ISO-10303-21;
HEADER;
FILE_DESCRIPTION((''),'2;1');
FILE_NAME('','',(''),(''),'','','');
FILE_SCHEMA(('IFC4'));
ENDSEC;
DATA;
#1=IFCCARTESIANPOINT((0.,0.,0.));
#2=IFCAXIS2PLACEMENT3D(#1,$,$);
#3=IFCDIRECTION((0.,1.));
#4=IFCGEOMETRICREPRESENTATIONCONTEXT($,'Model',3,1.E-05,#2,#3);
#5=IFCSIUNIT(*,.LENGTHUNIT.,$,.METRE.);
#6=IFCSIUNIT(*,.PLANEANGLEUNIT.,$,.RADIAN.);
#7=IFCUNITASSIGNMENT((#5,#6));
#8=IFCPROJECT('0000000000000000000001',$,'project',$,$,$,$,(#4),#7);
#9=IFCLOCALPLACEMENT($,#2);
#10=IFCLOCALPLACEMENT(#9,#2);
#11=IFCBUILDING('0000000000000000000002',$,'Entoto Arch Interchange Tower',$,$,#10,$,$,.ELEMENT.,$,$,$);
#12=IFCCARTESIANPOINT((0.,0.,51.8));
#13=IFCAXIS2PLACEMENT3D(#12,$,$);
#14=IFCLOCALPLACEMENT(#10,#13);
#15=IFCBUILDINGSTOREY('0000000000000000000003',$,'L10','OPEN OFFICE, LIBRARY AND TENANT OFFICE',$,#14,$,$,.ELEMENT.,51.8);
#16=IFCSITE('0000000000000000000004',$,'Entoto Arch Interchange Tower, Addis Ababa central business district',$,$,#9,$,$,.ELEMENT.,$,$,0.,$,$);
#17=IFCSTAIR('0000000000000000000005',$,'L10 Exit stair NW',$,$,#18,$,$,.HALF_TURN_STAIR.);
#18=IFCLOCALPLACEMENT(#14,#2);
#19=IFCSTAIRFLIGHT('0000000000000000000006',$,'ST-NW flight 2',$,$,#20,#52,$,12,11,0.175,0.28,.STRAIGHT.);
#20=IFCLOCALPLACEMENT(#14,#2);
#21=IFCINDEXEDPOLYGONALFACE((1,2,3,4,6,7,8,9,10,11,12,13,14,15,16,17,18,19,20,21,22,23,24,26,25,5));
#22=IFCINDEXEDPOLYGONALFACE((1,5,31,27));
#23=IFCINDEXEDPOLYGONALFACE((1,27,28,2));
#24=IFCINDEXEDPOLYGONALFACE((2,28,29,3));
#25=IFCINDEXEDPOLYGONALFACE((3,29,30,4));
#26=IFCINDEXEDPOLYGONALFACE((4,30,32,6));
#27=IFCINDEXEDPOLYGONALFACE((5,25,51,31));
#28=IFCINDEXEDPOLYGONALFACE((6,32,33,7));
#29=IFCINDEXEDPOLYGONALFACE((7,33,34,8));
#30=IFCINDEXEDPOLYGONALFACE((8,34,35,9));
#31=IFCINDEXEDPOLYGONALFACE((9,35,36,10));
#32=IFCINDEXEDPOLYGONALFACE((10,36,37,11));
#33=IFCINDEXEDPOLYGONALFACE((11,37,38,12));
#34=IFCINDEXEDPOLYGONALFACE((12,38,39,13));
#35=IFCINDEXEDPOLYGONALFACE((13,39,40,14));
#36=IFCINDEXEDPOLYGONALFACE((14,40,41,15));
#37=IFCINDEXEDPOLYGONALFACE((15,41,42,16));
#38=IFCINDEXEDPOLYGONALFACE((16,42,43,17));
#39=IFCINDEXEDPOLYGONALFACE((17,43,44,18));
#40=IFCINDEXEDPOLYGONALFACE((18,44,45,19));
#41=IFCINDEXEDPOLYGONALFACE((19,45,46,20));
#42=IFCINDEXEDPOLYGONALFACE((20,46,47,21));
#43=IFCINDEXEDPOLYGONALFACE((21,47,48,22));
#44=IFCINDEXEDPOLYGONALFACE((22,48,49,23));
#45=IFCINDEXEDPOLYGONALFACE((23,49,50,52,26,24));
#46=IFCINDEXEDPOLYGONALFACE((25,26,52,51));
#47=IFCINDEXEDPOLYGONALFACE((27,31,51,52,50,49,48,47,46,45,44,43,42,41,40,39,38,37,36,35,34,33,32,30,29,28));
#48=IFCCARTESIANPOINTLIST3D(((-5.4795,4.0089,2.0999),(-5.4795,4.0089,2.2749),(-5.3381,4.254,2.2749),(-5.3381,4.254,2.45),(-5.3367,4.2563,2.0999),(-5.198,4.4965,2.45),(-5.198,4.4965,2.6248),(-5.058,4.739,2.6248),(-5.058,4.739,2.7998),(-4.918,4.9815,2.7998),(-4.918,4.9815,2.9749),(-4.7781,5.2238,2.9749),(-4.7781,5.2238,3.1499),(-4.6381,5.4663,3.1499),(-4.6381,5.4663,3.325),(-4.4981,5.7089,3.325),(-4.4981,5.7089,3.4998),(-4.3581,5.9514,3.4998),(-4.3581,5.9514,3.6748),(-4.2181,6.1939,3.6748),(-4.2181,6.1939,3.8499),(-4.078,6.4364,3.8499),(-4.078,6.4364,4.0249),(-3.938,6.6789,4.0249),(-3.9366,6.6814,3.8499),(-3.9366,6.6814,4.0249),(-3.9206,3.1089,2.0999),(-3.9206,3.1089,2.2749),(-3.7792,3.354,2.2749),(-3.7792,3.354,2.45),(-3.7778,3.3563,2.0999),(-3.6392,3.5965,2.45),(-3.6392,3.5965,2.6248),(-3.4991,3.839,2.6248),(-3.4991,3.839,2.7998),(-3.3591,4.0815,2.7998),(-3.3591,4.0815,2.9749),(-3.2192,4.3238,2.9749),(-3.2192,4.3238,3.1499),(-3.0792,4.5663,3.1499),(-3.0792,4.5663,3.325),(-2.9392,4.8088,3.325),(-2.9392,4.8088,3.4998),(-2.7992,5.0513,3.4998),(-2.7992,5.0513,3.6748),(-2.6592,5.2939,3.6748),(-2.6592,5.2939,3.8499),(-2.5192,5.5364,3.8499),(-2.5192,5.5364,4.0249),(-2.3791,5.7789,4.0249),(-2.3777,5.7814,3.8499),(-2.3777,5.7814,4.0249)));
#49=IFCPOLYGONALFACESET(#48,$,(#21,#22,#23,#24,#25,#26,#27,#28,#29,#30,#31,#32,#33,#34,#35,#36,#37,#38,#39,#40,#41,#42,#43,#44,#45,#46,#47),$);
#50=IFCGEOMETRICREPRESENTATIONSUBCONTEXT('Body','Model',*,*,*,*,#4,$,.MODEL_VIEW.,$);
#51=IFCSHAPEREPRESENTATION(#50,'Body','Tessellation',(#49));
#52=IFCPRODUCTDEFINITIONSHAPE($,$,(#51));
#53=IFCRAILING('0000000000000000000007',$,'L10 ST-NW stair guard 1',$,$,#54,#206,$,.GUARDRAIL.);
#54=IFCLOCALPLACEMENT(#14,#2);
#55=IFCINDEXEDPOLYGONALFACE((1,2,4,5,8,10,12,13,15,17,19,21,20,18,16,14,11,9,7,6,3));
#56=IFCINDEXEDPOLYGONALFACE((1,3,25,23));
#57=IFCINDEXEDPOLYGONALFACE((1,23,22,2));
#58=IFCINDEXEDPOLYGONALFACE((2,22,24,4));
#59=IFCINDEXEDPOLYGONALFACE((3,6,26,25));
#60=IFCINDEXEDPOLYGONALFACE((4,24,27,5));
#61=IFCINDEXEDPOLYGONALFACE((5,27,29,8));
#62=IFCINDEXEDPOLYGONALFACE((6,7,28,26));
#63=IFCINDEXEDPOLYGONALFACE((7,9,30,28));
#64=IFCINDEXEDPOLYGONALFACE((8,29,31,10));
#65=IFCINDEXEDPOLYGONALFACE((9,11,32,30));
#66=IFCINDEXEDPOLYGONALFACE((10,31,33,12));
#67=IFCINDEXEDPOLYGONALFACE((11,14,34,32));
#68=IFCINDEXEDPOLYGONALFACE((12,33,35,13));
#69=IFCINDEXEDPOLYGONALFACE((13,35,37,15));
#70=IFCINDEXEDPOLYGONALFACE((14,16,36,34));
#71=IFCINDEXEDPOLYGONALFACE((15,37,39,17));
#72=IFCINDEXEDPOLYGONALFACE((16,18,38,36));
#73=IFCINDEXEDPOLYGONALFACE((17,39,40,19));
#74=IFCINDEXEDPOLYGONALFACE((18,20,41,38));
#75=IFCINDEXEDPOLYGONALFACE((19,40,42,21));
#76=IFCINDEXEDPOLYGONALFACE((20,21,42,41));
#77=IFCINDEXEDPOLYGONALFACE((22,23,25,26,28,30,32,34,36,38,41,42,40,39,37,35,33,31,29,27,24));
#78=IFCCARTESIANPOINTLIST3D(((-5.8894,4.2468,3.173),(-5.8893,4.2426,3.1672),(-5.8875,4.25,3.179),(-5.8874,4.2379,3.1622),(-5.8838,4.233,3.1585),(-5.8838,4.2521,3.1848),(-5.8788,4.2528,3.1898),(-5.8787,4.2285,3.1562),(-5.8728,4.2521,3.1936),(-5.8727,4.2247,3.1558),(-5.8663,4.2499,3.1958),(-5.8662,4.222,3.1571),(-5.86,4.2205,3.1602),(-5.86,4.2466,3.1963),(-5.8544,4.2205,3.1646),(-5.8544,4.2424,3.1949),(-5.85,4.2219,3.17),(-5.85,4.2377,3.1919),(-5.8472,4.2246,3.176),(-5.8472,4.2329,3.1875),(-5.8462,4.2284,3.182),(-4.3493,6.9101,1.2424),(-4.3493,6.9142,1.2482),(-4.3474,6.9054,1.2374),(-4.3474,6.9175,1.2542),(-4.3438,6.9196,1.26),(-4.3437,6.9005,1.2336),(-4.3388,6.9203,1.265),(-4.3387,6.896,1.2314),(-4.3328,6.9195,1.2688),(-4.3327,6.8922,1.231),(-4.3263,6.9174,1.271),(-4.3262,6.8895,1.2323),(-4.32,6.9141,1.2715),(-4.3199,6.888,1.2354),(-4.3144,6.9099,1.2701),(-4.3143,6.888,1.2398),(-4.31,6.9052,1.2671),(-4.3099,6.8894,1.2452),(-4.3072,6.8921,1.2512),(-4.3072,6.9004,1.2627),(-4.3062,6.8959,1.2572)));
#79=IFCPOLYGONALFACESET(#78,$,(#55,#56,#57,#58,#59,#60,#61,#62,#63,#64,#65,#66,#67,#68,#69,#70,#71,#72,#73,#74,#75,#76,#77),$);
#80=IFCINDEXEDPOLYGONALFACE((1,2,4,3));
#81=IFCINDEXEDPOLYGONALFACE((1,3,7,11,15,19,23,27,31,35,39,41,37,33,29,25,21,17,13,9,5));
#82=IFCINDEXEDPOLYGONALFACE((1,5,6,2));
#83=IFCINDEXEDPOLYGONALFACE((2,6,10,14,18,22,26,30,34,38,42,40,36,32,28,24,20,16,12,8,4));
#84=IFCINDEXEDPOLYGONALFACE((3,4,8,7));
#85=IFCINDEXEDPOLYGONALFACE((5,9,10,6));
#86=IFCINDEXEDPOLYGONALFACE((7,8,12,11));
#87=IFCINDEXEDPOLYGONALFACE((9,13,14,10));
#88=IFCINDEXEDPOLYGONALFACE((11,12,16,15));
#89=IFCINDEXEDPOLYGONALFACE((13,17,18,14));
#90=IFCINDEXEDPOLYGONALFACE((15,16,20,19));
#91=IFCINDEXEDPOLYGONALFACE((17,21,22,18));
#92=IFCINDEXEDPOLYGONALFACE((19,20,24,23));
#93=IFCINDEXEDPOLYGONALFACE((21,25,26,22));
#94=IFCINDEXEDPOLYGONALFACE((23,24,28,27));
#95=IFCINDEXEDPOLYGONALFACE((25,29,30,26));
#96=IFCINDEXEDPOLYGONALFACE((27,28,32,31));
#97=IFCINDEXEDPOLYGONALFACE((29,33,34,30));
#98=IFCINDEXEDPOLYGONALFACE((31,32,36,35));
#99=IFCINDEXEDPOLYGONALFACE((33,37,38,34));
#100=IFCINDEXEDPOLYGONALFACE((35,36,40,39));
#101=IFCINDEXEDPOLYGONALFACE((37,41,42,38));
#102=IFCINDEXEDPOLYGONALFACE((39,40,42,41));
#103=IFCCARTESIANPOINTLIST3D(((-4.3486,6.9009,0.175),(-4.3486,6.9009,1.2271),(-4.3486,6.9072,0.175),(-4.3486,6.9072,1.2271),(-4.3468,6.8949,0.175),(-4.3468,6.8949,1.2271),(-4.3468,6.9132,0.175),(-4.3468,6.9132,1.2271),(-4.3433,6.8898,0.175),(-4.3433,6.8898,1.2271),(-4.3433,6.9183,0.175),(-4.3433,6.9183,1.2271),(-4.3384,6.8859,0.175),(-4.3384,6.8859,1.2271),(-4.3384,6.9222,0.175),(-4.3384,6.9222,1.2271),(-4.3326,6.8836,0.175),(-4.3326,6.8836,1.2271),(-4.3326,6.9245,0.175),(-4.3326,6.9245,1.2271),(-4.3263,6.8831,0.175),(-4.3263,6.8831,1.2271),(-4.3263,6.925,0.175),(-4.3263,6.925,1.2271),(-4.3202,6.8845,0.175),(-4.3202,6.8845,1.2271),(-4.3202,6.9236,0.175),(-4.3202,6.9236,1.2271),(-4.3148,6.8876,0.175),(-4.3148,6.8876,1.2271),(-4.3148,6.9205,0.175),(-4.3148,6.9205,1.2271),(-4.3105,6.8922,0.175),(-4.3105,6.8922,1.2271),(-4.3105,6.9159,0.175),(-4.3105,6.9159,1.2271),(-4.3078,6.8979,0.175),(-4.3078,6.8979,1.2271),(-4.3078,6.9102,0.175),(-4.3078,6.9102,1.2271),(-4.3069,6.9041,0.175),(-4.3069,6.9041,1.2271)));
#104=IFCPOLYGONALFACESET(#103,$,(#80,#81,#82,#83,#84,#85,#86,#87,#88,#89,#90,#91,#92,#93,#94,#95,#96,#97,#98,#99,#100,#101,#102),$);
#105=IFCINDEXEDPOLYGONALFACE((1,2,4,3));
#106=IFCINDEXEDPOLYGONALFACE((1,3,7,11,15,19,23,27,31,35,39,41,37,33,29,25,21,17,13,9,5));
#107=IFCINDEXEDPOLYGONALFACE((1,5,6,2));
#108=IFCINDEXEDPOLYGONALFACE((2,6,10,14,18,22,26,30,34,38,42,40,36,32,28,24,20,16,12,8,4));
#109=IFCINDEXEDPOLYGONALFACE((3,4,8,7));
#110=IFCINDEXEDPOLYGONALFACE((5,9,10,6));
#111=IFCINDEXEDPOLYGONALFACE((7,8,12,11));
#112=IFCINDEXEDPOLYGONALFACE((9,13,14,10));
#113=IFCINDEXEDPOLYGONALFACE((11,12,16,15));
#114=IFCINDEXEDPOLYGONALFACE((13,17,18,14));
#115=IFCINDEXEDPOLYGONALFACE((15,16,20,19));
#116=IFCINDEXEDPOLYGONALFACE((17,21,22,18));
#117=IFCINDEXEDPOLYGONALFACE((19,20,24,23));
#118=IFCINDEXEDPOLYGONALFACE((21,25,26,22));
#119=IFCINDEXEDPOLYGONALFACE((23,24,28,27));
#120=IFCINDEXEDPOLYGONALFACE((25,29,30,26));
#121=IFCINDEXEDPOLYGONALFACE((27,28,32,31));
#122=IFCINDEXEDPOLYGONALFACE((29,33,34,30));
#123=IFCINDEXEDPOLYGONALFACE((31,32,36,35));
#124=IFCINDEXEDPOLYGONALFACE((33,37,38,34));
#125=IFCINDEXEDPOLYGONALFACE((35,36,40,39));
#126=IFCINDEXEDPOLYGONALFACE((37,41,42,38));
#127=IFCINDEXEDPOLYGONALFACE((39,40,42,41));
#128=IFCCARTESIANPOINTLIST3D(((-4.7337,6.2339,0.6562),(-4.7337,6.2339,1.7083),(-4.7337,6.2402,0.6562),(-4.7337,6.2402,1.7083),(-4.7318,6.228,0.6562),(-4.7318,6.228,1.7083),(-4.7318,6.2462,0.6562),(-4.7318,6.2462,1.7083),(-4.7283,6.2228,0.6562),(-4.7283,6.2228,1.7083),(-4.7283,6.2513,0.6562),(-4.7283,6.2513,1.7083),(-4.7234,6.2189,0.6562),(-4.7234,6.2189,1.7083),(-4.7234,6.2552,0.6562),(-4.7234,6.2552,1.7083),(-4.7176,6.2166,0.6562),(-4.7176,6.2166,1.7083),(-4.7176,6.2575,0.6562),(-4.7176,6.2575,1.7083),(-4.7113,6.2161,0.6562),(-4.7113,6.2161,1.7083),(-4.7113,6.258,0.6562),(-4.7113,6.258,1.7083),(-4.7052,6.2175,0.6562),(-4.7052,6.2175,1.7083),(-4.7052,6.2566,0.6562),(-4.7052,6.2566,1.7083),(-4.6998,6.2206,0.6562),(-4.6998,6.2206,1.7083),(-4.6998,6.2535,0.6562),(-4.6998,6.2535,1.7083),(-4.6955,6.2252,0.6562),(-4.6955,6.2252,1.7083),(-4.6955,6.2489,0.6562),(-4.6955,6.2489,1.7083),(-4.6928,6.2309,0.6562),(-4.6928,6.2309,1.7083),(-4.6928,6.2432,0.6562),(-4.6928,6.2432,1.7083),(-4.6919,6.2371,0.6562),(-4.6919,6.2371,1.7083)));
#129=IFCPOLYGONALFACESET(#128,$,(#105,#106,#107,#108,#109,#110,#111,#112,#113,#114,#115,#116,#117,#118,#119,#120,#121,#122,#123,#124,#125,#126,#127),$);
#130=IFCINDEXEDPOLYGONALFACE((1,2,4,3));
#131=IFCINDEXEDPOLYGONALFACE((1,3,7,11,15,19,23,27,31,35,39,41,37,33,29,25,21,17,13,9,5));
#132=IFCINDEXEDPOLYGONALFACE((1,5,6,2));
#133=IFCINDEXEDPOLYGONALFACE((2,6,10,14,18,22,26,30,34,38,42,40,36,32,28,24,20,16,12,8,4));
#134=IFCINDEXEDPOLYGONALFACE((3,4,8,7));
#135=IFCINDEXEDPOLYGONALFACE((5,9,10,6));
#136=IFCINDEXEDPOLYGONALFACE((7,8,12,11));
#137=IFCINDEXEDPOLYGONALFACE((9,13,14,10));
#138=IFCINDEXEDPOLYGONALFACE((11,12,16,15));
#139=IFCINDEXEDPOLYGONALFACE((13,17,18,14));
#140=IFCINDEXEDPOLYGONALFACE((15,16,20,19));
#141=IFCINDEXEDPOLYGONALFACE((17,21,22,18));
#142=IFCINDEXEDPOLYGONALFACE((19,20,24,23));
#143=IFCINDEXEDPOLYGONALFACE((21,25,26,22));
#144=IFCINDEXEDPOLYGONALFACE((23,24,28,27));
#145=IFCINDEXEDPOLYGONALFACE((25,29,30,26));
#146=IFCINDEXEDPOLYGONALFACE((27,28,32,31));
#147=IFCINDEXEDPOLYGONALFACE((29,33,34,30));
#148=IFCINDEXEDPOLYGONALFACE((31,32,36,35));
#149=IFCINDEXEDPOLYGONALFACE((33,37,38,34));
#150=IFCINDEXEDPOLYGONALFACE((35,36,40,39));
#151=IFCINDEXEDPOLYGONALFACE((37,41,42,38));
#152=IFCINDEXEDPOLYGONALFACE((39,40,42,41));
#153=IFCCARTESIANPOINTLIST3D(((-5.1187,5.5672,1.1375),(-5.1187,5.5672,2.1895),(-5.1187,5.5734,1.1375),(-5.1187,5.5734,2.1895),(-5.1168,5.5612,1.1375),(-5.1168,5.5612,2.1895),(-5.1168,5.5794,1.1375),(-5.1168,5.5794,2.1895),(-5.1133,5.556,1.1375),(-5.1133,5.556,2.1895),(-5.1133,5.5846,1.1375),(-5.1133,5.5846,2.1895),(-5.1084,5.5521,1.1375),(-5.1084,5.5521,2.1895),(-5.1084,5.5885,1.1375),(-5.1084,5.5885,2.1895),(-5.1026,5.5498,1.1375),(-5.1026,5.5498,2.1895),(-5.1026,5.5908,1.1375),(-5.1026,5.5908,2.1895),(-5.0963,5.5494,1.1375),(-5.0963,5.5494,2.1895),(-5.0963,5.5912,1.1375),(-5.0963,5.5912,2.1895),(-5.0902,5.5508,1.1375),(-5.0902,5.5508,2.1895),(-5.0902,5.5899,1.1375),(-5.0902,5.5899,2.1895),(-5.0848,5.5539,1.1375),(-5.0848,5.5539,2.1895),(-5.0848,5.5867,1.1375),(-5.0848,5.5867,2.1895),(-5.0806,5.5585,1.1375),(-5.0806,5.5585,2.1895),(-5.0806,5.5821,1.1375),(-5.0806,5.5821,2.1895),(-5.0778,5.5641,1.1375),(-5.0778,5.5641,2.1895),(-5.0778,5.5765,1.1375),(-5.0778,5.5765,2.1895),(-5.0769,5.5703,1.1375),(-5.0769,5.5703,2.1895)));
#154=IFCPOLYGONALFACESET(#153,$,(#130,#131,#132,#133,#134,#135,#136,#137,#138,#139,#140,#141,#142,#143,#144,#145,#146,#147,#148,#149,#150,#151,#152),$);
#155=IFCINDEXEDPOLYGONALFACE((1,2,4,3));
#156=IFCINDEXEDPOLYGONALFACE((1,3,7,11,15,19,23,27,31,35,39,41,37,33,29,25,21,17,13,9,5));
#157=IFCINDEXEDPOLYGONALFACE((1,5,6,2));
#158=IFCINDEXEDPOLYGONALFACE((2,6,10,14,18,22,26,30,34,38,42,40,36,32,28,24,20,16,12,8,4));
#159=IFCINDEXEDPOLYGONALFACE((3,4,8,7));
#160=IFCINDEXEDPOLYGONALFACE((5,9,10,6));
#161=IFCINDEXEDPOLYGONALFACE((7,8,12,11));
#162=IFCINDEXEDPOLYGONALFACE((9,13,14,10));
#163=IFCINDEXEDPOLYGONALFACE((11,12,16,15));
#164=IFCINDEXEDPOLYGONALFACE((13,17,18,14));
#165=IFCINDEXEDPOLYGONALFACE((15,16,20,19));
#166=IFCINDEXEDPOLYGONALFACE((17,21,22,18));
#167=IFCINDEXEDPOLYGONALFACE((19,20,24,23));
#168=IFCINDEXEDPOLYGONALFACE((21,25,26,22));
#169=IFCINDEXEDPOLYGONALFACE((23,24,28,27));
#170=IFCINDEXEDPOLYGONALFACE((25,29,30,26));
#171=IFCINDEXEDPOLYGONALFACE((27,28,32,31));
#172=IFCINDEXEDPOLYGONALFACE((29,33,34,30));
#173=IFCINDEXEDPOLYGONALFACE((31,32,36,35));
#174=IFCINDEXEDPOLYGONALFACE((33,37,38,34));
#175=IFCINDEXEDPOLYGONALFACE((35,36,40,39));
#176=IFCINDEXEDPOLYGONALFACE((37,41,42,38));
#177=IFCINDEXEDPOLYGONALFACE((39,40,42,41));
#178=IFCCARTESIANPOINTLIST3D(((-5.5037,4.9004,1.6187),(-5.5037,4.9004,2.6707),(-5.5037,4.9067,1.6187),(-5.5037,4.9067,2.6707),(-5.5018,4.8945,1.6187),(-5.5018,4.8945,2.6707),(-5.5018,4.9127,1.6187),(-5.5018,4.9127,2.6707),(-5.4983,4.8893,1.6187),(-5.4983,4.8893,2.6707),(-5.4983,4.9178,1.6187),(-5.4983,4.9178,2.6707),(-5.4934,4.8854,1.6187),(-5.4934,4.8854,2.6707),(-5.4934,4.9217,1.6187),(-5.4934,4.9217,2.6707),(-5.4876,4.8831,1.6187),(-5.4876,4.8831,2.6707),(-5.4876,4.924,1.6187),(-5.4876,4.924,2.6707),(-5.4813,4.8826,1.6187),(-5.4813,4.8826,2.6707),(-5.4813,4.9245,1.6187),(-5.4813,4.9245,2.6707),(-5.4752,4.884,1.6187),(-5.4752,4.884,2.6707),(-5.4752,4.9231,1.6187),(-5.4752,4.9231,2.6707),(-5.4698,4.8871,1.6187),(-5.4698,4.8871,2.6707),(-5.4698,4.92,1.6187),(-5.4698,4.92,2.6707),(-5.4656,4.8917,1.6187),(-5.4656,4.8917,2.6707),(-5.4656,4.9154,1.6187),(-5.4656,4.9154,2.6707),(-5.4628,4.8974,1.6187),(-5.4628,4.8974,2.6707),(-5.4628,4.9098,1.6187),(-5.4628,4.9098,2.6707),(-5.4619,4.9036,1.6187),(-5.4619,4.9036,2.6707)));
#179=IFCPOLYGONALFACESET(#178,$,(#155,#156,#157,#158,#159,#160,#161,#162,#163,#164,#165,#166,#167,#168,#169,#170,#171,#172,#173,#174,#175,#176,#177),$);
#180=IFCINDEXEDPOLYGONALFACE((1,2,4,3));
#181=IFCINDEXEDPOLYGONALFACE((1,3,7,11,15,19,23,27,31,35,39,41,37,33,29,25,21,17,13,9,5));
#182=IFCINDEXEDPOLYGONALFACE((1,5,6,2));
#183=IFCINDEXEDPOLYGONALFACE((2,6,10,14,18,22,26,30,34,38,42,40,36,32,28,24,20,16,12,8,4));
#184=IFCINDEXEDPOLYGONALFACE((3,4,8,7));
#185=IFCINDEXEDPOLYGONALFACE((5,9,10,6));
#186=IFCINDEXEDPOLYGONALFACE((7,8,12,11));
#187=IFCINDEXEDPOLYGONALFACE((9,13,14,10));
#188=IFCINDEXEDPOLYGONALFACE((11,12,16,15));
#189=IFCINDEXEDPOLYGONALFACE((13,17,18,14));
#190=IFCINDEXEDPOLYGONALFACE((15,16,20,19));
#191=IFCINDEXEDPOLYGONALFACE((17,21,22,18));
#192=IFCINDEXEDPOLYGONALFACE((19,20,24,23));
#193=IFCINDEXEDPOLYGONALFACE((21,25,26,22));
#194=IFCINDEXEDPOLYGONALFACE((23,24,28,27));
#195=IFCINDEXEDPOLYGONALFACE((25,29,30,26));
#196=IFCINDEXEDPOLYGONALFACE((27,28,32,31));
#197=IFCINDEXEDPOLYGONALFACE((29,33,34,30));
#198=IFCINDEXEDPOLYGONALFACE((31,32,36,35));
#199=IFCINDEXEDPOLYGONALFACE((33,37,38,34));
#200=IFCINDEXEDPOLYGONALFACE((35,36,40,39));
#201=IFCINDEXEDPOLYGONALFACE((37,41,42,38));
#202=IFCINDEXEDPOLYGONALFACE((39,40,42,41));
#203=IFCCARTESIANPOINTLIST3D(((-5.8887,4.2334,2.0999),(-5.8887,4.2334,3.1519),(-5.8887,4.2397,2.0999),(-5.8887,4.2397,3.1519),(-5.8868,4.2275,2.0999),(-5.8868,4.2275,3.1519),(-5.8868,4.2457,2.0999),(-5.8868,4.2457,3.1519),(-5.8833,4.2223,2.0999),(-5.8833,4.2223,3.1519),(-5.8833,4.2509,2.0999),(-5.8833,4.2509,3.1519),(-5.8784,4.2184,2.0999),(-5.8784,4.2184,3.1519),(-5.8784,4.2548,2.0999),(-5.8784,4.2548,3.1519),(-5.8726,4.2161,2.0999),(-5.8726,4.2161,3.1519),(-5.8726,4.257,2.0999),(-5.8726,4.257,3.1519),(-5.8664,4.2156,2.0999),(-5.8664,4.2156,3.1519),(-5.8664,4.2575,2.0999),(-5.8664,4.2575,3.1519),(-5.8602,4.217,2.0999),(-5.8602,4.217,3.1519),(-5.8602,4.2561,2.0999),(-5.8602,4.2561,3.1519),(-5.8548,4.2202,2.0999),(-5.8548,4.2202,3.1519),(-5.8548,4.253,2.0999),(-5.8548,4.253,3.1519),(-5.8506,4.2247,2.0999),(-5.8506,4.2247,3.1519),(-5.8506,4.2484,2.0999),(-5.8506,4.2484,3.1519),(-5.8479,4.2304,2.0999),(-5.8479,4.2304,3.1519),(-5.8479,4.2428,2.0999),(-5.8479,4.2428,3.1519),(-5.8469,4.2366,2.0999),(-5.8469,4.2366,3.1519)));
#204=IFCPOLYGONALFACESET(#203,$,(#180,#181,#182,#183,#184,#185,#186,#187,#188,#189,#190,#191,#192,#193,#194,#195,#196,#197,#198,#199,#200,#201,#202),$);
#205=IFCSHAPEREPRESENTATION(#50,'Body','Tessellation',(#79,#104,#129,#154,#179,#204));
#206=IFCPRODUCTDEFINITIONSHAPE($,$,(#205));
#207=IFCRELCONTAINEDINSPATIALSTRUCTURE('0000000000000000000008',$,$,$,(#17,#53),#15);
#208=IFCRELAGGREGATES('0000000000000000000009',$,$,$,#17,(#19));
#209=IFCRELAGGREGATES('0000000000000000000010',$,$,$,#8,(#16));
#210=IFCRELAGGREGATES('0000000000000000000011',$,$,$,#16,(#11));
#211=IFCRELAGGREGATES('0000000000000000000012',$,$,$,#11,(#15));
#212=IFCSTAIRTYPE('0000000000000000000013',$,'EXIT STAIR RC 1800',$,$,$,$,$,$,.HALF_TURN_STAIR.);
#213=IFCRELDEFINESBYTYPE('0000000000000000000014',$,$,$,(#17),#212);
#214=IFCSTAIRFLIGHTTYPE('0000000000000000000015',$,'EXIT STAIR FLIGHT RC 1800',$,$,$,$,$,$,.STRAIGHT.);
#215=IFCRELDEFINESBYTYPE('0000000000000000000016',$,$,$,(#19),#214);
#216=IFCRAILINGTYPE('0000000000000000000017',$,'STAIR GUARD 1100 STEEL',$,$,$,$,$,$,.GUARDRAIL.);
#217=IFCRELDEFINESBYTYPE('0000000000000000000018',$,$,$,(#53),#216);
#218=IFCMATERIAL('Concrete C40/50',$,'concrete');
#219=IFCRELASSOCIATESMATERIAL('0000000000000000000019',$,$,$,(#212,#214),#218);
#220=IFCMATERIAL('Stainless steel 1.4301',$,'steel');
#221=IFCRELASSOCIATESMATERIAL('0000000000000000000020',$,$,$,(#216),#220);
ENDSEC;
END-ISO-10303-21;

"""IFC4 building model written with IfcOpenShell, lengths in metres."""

from ifc_helpers import new_model, si_unit, direction, frame, origin, origin_2d, place, context, subcontext, project, spatial, polyline, circle, outline, extrude, material, type_object, element, aggregate, save


model = new_model("IFC4")

# Units and contexts
model_context = context("Model", 3, precision=1e-05, world=origin(), true_north=direction((0.0, 1.0)))
body_context = subcontext(model_context, "Body", "Model", "MODEL_VIEW")
ifc_project = project(units=[si_unit("LENGTHUNIT", "METRE"), si_unit("PLANEANGLEUNIT", "RADIAN")], contexts=[model_context])

# Site, building, storey
site_placement = place(None, origin())
site = spatial("IfcSite", under=ifc_project, at=site_placement, Name="Entoto Arch Interchange Tower, Addis Ababa central business district", CompositionType="ELEMENT", RefElevation=0.0)
building_placement = place(site_placement, origin())
building = spatial("IfcBuilding", under=site, at=building_placement, Name="Entoto Arch Interchange Tower", CompositionType="ELEMENT")
storey_placement = place(building_placement, frame((0.0, 0.0, 51.8)))
storey = spatial("IfcBuildingStorey", under=building, at=storey_placement, Name="L10", Description="OPEN OFFICE, LIBRARY AND TENANT OFFICE", CompositionType="ELEMENT", Elevation=51.8)

# Shared definitions
ifc_material_1 = material(Name="Concrete C40/50", Category="concrete")

# Stair, stair flight
stair_type = type_object("IfcStairType", Name="EXIT STAIR RC 1800", PredefinedType="HALF_TURN_STAIR", material=ifc_material_1)
stair_placement = place(storey_placement, origin())
stair = element("IfcStair", 1, at=stair_placement, inside=storey, type_object=stair_type, Name="L10 Exit stair NW", PredefinedType="HALF_TURN_STAIR")
stair_flight_type = type_object("IfcStairFlightType", Name="EXIT STAIR FLIGHT RC 1800", PredefinedType="STRAIGHT", material=ifc_material_1)
stair_flight_placement = place(storey_placement, frame((-4.6987, 3.5615, 2.0999), z_axis=(0.0, 0.0, 1.0), x_axis=(0.5, 0.866025, 0.0)))
stair_flight = element("IfcStairFlight", 2, at=stair_flight_placement, type_object=stair_flight_type, Name="ST-NW flight 2", NumberOfRisers=12, NumberOfTreads=11, PredefinedType="STRAIGHT", RiserHeight=0.175, TreadLength=0.28, context=body_context, shape_type="SweptSolid", body=[
    extrude(outline(polyline([(-0.0029, 0.0), (-0.0029, 0.175), (0.28, 0.175), (0.28, 0.3501), (0.5601, 0.3501), (0.5601, 0.5249), (0.8401, 0.5249), (0.8401, 0.7), (1.1201, 0.7), (1.1201, 0.875), (1.3999, 0.875), (1.3999, 1.05), (1.6799, 1.05), (1.6799, 1.2251), (1.96, 1.2251), (1.96, 1.3999), (2.24, 1.3999), (2.24, 1.575), (2.52, 1.575), (2.52, 1.75), (2.8, 1.75), (2.8, 1.925), (3.0801, 1.925), (3.083, 1.925), (3.083, 1.75), (0.2827, 0.0), (-0.0029, 0.0)])), frame((0.0, 0.8999, 0.0), z_axis=(0.0, -1.0, 0.0), x_axis=(1.0, 0.0, 0.0)), (0.0, 0.0, 1.0), 1.8),
])
aggregate(stair, [stair_flight])

# Railing
ifc_material_2 = material(Name="Stainless steel 1.4301", Category="steel")
railing_type_1 = type_object("IfcRailingType", Name="STAIR GUARD 1100 STEEL", PredefinedType="GUARDRAIL", material=ifc_material_2)
railing_1_placement = place(storey_placement, frame((-4.3279, 6.9041, 0.175)))
element("IfcRailing", 3, at=railing_1_placement, inside=storey, type_object=railing_type_1, Name="L10 ST-NW stair guard 1", PredefinedType="GUARDRAIL", context=body_context, shape_type="SweptSolid", body=[
    extrude(circle(Radius=0.0239, at=origin_2d()), frame((0.0, 0.0, 1.0762), z_axis=(-0.42401, -0.734421, 0.529945), x_axis=(0.86603, -0.499992, 0.0)), (0.0, 0.0, 1.0), 3.6321),
    extrude(circle(Radius=0.021, at=origin_2d()), origin(), (0.0, 0.0, 1.0), 1.052),
    extrude(circle(Radius=0.021, at=origin_2d()), frame((-0.385, -0.667, 0.4812)), (0.0, 0.0, 1.0), 1.052),
    extrude(circle(Radius=0.021, at=origin_2d()), frame((-0.77, -1.3337, 0.9624)), (0.0, 0.0, 1.0), 1.052),
    extrude(circle(Radius=0.021, at=origin_2d()), frame((-1.155, -2.0005, 1.4436)), (0.0, 0.0, 1.0), 1.052),
    extrude(circle(Radius=0.021, at=origin_2d()), frame((-1.54, -2.6675, 1.9248)), (0.0, 0.0, 1.0), 1.052),
])

save(model, "model.ifc")
